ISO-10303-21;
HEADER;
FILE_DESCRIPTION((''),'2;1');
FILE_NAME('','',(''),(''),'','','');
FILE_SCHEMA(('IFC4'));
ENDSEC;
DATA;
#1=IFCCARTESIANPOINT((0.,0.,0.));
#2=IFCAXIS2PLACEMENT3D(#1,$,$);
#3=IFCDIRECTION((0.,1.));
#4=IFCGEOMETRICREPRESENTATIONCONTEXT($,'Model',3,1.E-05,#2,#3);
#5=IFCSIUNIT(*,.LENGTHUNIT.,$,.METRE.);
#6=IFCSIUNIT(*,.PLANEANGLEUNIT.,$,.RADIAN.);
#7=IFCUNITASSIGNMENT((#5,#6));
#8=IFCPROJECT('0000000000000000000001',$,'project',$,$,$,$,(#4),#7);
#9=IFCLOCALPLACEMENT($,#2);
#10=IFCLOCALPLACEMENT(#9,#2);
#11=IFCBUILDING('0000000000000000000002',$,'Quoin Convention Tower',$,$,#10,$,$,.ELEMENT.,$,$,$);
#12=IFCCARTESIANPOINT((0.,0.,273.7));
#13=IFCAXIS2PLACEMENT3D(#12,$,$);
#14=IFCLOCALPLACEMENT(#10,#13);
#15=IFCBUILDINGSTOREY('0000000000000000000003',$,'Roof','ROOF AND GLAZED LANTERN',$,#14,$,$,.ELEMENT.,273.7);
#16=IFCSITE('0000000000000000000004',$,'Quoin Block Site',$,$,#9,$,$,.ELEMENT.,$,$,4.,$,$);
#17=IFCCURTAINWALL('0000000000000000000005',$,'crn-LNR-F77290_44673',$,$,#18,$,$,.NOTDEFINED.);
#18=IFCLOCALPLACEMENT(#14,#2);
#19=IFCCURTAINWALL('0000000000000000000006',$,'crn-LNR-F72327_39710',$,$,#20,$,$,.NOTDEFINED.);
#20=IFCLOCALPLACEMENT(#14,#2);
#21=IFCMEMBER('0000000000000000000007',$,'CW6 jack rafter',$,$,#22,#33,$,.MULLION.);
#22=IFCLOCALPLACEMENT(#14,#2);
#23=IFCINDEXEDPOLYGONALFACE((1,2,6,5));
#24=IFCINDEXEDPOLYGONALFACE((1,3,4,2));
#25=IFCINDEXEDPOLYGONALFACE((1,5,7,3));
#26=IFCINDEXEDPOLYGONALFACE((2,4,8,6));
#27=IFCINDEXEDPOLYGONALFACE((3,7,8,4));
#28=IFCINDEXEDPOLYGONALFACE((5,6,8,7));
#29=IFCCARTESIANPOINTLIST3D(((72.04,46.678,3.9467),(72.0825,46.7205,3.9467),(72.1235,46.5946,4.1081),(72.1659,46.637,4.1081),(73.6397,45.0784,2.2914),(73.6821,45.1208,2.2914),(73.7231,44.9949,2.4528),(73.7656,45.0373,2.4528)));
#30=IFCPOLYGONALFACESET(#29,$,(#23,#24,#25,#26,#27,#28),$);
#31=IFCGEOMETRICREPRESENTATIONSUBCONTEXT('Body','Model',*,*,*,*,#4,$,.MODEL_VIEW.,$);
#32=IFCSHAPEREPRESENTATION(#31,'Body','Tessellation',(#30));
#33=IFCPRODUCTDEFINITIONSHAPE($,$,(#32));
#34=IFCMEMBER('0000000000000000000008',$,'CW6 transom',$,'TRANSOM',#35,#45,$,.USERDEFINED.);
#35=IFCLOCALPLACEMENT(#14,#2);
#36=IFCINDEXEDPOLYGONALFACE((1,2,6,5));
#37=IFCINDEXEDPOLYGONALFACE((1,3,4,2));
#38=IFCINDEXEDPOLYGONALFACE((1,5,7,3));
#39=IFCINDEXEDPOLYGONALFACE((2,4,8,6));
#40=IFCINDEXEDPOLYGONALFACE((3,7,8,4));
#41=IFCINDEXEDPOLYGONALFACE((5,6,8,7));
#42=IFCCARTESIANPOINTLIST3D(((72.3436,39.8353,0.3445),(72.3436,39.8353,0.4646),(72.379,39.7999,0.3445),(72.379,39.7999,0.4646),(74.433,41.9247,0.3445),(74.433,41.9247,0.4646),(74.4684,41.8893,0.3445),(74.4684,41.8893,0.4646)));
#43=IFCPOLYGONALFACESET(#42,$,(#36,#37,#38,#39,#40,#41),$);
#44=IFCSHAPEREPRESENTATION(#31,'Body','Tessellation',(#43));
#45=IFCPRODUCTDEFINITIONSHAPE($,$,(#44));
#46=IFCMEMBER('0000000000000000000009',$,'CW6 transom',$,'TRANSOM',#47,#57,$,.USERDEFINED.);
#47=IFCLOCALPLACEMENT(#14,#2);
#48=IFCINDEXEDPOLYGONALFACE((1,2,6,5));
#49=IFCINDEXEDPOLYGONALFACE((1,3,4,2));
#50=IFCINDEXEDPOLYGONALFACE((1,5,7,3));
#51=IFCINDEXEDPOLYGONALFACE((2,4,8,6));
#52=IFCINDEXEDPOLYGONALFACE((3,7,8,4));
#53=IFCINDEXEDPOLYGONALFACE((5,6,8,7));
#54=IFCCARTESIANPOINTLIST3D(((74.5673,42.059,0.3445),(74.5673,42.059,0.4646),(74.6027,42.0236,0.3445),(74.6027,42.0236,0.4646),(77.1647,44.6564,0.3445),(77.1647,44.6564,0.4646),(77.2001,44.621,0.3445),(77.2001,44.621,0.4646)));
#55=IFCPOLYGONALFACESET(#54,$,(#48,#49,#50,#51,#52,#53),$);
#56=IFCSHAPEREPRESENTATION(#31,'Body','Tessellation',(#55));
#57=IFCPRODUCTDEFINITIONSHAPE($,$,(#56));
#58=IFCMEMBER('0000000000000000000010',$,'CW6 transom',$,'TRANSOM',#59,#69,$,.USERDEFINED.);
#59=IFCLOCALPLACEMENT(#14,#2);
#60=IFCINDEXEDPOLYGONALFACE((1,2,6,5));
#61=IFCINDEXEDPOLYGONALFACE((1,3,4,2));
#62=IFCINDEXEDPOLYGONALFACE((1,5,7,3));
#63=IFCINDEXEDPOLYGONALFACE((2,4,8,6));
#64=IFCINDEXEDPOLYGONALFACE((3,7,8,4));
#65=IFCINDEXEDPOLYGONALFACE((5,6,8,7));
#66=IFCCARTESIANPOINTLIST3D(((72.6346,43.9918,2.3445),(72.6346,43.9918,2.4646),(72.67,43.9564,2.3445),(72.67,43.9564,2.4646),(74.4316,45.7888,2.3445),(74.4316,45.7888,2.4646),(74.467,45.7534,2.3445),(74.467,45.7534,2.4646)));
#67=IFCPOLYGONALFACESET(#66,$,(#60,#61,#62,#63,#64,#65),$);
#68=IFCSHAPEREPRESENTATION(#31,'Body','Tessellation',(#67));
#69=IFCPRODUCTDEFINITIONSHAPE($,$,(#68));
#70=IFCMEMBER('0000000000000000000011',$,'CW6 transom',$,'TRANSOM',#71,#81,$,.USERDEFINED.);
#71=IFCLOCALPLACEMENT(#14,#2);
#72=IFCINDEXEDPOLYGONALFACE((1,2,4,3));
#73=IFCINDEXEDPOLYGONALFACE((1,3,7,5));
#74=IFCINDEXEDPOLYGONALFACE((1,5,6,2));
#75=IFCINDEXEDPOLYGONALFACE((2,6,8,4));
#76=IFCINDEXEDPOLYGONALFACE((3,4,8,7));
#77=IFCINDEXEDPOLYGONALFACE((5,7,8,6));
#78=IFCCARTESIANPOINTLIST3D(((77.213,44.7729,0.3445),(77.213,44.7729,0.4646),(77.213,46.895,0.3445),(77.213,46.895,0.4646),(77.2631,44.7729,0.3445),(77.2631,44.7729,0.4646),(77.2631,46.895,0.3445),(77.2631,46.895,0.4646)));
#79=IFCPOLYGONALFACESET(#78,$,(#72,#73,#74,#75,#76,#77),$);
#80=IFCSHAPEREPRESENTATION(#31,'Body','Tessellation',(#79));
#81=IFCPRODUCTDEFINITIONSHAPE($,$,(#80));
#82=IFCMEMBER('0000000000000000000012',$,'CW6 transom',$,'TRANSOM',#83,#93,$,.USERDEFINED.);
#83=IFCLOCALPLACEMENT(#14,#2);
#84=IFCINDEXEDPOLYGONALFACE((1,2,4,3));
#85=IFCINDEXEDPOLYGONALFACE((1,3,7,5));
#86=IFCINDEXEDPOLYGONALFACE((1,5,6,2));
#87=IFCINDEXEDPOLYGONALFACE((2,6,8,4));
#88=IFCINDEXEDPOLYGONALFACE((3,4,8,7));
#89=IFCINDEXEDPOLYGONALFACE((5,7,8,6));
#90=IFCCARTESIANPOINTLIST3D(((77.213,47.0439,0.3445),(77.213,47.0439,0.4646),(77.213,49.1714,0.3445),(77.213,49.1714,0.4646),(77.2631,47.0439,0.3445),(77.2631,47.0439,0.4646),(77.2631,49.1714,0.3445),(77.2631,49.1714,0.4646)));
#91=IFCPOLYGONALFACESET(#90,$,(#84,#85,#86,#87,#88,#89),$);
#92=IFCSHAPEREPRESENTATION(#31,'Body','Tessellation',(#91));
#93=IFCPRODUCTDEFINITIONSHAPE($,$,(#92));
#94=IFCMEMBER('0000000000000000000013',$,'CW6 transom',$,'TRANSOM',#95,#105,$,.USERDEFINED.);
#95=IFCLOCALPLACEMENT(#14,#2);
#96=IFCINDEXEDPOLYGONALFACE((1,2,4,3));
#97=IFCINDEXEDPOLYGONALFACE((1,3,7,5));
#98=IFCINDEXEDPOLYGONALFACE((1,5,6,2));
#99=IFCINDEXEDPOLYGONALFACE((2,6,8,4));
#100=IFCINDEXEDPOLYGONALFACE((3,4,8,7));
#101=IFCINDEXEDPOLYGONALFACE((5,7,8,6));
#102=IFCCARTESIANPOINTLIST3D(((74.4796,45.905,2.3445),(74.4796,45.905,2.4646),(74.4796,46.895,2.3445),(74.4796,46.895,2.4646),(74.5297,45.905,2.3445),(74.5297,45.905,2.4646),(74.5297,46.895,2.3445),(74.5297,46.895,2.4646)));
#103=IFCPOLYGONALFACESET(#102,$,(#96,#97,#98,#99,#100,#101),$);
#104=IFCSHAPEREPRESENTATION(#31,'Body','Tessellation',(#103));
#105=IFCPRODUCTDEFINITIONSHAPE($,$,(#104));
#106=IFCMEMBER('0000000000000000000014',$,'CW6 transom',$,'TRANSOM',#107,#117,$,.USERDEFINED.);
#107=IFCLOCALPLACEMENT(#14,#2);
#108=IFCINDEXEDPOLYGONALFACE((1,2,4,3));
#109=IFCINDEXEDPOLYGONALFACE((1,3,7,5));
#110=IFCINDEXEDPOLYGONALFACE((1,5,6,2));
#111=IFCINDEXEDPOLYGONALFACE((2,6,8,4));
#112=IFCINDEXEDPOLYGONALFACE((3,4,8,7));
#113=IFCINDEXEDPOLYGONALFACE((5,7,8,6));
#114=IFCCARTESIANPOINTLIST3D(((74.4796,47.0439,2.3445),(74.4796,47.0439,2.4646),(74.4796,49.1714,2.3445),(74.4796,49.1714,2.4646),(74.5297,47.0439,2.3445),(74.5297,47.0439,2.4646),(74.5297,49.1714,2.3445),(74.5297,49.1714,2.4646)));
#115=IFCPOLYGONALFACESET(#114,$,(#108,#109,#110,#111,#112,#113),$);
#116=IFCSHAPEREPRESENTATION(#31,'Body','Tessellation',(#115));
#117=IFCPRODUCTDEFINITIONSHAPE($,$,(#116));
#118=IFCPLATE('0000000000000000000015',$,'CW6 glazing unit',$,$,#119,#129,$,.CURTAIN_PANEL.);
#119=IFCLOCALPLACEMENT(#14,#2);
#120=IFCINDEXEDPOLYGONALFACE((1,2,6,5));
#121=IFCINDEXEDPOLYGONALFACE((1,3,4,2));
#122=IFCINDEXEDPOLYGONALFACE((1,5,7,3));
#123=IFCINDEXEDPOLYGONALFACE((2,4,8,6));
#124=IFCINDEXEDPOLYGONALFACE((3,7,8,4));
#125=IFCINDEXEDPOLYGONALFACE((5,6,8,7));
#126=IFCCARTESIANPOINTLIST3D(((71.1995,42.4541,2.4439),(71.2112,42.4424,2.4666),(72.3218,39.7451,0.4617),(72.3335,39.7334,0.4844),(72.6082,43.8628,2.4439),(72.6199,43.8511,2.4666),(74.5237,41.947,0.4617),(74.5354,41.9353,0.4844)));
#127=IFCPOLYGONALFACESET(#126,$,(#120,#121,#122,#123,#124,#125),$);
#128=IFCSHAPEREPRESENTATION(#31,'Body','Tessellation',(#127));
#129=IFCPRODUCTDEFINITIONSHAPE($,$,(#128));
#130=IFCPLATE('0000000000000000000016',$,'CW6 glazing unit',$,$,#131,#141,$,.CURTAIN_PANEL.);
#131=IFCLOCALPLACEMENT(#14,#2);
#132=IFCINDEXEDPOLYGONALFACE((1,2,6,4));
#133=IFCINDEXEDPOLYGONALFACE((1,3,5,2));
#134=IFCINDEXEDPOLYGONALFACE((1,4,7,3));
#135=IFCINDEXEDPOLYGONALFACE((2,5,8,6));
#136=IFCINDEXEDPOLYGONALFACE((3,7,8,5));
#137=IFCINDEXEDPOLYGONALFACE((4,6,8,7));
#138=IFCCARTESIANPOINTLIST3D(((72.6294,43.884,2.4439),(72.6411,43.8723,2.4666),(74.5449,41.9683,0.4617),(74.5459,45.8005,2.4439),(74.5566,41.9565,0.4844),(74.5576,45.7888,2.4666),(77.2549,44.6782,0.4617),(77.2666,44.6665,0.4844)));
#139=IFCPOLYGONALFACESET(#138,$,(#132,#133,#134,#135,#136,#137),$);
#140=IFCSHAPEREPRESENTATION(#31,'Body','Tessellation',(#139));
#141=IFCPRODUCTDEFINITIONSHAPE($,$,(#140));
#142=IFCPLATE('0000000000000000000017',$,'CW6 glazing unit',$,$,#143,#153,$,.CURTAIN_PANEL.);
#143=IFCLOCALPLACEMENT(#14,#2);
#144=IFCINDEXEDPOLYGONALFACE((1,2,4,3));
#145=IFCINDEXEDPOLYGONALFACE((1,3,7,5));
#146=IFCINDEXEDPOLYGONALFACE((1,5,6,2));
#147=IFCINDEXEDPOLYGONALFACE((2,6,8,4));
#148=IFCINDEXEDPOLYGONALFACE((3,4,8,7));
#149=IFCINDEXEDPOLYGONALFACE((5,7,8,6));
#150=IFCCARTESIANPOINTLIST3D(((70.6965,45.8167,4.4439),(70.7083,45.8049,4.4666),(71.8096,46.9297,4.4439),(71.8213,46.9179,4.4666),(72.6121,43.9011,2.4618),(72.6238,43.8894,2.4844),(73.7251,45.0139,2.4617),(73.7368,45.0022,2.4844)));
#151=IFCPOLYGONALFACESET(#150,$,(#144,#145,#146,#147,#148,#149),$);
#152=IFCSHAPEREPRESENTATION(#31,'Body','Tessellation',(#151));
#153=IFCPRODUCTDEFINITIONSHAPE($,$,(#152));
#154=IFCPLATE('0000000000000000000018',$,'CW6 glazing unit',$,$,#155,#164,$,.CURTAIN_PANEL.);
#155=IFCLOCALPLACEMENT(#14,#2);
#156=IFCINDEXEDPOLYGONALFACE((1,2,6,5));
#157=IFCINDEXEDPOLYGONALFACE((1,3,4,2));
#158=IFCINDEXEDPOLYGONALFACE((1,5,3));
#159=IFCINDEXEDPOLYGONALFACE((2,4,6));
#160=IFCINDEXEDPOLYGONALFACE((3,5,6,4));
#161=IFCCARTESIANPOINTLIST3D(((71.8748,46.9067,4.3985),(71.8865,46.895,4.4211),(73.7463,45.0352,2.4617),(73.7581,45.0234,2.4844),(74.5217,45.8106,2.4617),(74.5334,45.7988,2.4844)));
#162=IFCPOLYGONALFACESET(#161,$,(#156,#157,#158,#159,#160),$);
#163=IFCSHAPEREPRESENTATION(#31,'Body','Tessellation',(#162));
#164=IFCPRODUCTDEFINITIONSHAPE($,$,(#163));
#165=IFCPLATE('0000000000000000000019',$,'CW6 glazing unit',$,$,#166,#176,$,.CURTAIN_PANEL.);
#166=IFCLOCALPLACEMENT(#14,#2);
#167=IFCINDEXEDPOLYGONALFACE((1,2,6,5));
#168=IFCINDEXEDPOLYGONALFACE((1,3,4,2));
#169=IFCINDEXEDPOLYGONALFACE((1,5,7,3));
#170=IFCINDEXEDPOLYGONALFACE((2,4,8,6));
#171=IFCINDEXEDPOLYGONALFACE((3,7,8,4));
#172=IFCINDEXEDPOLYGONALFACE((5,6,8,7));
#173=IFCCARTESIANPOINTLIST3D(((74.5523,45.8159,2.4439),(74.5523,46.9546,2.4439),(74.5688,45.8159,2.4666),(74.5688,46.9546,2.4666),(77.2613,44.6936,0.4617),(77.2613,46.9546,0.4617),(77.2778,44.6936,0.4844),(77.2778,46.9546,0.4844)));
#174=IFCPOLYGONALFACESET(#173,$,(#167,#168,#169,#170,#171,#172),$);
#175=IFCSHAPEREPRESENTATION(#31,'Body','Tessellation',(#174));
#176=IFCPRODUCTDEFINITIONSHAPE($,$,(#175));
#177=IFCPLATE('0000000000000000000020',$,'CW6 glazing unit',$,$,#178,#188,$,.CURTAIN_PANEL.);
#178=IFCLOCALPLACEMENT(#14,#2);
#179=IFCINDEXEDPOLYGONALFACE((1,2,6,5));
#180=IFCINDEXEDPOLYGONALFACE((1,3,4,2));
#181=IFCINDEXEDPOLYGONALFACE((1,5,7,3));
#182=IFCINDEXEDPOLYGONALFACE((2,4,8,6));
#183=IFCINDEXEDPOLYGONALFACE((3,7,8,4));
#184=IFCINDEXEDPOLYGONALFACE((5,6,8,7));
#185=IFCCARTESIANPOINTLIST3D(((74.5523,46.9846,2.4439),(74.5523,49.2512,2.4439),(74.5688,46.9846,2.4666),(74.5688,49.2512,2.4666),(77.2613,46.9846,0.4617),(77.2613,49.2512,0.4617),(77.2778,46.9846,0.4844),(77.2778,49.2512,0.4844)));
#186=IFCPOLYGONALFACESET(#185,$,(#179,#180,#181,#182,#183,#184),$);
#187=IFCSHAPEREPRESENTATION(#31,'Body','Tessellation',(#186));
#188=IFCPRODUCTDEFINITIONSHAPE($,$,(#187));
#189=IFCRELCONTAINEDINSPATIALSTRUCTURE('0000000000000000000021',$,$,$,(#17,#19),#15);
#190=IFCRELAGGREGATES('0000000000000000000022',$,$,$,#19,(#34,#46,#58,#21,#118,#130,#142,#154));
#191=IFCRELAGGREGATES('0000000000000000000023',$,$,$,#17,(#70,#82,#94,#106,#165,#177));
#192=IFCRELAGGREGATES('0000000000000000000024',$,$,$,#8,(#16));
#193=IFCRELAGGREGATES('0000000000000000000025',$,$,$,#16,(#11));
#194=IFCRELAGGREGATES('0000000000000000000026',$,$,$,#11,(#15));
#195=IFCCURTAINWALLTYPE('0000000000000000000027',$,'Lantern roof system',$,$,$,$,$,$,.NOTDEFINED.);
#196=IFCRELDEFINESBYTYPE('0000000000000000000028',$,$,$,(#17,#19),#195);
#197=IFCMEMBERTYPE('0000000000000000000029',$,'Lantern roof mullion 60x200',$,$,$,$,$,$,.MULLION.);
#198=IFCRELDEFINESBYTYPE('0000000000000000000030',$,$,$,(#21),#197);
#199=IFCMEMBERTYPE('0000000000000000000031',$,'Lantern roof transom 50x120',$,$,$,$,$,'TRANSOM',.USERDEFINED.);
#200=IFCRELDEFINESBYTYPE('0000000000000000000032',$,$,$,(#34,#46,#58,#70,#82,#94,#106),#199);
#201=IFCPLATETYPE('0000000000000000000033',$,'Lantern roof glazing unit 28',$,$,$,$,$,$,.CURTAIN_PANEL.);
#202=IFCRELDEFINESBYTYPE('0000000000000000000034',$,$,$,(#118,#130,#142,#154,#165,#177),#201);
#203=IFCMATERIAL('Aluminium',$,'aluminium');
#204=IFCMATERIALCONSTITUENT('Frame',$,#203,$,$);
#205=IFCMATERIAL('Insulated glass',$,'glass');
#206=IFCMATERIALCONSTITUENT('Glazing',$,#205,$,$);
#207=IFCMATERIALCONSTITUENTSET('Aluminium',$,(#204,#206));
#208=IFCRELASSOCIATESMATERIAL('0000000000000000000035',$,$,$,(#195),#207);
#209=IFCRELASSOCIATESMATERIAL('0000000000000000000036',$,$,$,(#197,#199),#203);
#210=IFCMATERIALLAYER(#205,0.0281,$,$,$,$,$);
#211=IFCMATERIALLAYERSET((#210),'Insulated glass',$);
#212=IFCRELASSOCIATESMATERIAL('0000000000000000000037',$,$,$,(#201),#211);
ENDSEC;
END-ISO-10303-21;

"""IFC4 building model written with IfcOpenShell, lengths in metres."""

from ifc_helpers import new_model, si_unit, direction, frame, origin, origin_2d, place, context, subcontext, project, spatial, polyline, rectangle, outline, extrude, material, layer, layer_set, constituent, constituent_set, material_profile, profile_set, type_object, element, aggregate, save


model = new_model("IFC4")

# Units and contexts
model_context = context("Model", 3, precision=1e-05, world=origin(), true_north=direction((0.0, 1.0)))
body_context = subcontext(model_context, "Body", "Model", "MODEL_VIEW")
ifc_project = project(units=[si_unit("LENGTHUNIT", "METRE"), si_unit("PLANEANGLEUNIT", "RADIAN")], contexts=[model_context])

# Site, building, storey
site_placement = place(None, origin())
site = spatial("IfcSite", under=ifc_project, at=site_placement, Name="Quoin Block Site", CompositionType="ELEMENT", RefElevation=4.0)
building_placement = place(site_placement, origin())
building = spatial("IfcBuilding", under=site, at=building_placement, Name="Quoin Convention Tower", CompositionType="ELEMENT")
storey_placement = place(building_placement, frame((0.0, 0.0, 273.7)))
storey = spatial("IfcBuildingStorey", under=building, at=storey_placement, Name="Roof", Description="ROOF AND GLAZED LANTERN", CompositionType="ELEMENT", Elevation=273.7)

# Curtain wall
ifc_material_1 = material(Name="Aluminium", Category="aluminium")
ifc_constituent_1 = constituent(ifc_material_1, Name="Frame")
ifc_material_2 = material(Name="Insulated glass", Category="glass")
ifc_constituent_2 = constituent(ifc_material_2, Name="Glazing")
ifc_constituent_set = constituent_set(constituents=[ifc_constituent_1, ifc_constituent_2], Name="Aluminium")
curtain_wall_type = type_object("IfcCurtainWallType", Name="Lantern roof system", PredefinedType="NOTDEFINED", material=ifc_constituent_set)
curtain_wall_1_placement = place(storey_placement, origin())
curtain_wall_1 = element("IfcCurtainWall", 1, at=curtain_wall_1_placement, inside=storey, type_object=curtain_wall_type, Name="crn-LNR-F77290_44673", PredefinedType="NOTDEFINED")

# Curtain wall
curtain_wall_2_placement = place(storey_placement, origin())
curtain_wall_2 = element("IfcCurtainWall", 2, at=curtain_wall_2_placement, inside=storey, type_object=curtain_wall_type, Name="crn-LNR-F72327_39710", PredefinedType="NOTDEFINED")

# Members
ifc_material_profile_1 = material_profile(ifc_material_1, rectangle(XDim=0.2, YDim=0.0601, at=origin_2d()), Name="Lantern roof mullion 60x200")
ifc_profile_set_1 = profile_set([ifc_material_profile_1], Name="Aluminium")
member_type_1 = type_object("IfcMemberType", Name="Lantern roof mullion 60x200", PredefinedType="MULLION", material=ifc_profile_set_1)
member_1_placement = place(storey_placement, frame((73.7026, 45.0579, 2.3721), z_axis=(-0.570655, 0.570655, 0.590513), x_axis=(0.417556, -0.417556, 0.807028)))
member_1 = element("IfcMember", 3, at=member_1_placement, type_object=member_type_1, Name="CW6 jack rafter", PredefinedType="MULLION", context=body_context, shape_type="SweptSolid", body=[
    extrude(rectangle(XDim=0.2, YDim=0.0601, at=origin_2d()), origin(), (0.0, 0.0, 1.0), 2.8032),
])
ifc_material_profile_2 = material_profile(ifc_material_1, rectangle(XDim=0.1201, YDim=0.05, at=origin_2d()), Name="Lantern roof transom 50x120")
ifc_profile_set_2 = profile_set([ifc_material_profile_2], Name="Aluminium")
member_type_2 = type_object("IfcMemberType", Name="Lantern roof transom 50x120", ElementType="TRANSOM", PredefinedType="USERDEFINED", material=ifc_profile_set_2)
member_2_placement = place(storey_placement, frame((72.3613, 39.8176, 0.4045), z_axis=(0.707107, 0.707107, 0.0), x_axis=(0.0, 0.0, 1.0)))
member_2 = element("IfcMember", 4, at=member_2_placement, type_object=member_type_2, Name="CW6 transom", ObjectType="TRANSOM", PredefinedType="USERDEFINED", context=body_context, shape_type="SweptSolid", body=[
    extrude(rectangle(XDim=0.1201, YDim=0.05, at=origin_2d()), origin(), (0.0, 0.0, 1.0), 2.9548),
])
member_3_placement = place(storey_placement, frame((74.585, 42.0413, 0.4045), z_axis=(0.707107, 0.707107, 0.0), x_axis=(0.0, 0.0, 1.0)))
member_3 = element("IfcMember", 5, at=member_3_placement, type_object=member_type_2, Name="CW6 transom", ObjectType="TRANSOM", PredefinedType="USERDEFINED", context=body_context, shape_type="SweptSolid", body=[
    extrude(rectangle(XDim=0.1201, YDim=0.05, at=origin_2d()), origin(), (0.0, 0.0, 1.0), 3.6733),
])
member_4_placement = place(storey_placement, frame((72.6523, 43.9741, 2.4045), z_axis=(0.707107, 0.707107, 0.0), x_axis=(0.0, 0.0, 1.0)))
member_4 = element("IfcMember", 6, at=member_4_placement, type_object=member_type_2, Name="CW6 transom", ObjectType="TRANSOM", PredefinedType="USERDEFINED", context=body_context, shape_type="SweptSolid", body=[
    extrude(rectangle(XDim=0.1201, YDim=0.05, at=origin_2d()), origin(), (0.0, 0.0, 1.0), 2.5413),
])
member_5_placement = place(storey_placement, frame((77.238, 44.7729, 0.4045), z_axis=(0.0, 1.0, 0.0), x_axis=(0.0, 0.0, 1.0)))
member_5 = element("IfcMember", 7, at=member_5_placement, type_object=member_type_2, Name="CW6 transom", ObjectType="TRANSOM", PredefinedType="USERDEFINED", context=body_context, shape_type="SweptSolid", body=[
    extrude(rectangle(XDim=0.1201, YDim=0.05, at=origin_2d()), origin(), (0.0, 0.0, 1.0), 2.1221),
])
member_6_placement = place(storey_placement, frame((77.238, 47.0439, 0.4045), z_axis=(0.0, 1.0, 0.0), x_axis=(0.0, 0.0, 1.0)))
member_6 = element("IfcMember", 8, at=member_6_placement, type_object=member_type_2, Name="CW6 transom", ObjectType="TRANSOM", PredefinedType="USERDEFINED", context=body_context, shape_type="SweptSolid", body=[
    extrude(rectangle(XDim=0.1201, YDim=0.05, at=origin_2d()), origin(), (0.0, 0.0, 1.0), 2.1274),
])
member_7_placement = place(storey_placement, frame((74.5046, 45.905, 2.4045), z_axis=(0.0, 1.0, 0.0), x_axis=(0.0, 0.0, 1.0)))
member_7 = element("IfcMember", 9, at=member_7_placement, type_object=member_type_2, Name="CW6 transom", ObjectType="TRANSOM", PredefinedType="USERDEFINED", context=body_context, shape_type="SweptSolid", body=[
    extrude(rectangle(XDim=0.1201, YDim=0.05, at=origin_2d()), origin(), (0.0, 0.0, 1.0), 0.99),
])
member_8_placement = place(storey_placement, frame((74.5046, 47.0439, 2.4045), z_axis=(0.0, 1.0, 0.0), x_axis=(0.0, 0.0, 1.0)))
member_8 = element("IfcMember", 10, at=member_8_placement, type_object=member_type_2, Name="CW6 transom", ObjectType="TRANSOM", PredefinedType="USERDEFINED", context=body_context, shape_type="SweptSolid", body=[
    extrude(rectangle(XDim=0.1201, YDim=0.05, at=origin_2d()), origin(), (0.0, 0.0, 1.0), 2.1274),
])

# Plates
ifc_layer = layer(ifc_material_2, 0.0281)
ifc_layer_set = layer_set([ifc_layer], Name="Insulated glass")
plate_type = type_object("IfcPlateType", Name="Lantern roof glazing unit 28", PredefinedType="CURTAIN_PANEL", material=ifc_layer_set)
plate_1_placement = place(storey_placement, frame((72.6199, 43.8511, 2.4666), z_axis=(0.417537, -0.417537, 0.807047), x_axis=(0.570632, -0.570705, -0.590487)))
plate_1 = element("IfcPlate", 11, at=plate_1_placement, type_object=plate_type, Name="CW6 glazing unit", PredefinedType="CURTAIN_PANEL", context=body_context, shape_type="SweptSolid", body=[
    extrude(outline(polyline([(0.0, 0.0), (3.3569, 0.0), (3.357, -3.114), (0.0001, -1.9922), (0.0, 0.0)])), origin(), (0.0, 0.0, -1.0), 0.0281),
])
plate_2_placement = place(storey_placement, frame((72.6411, 43.8723, 2.4666), z_axis=(0.417537, -0.417537, 0.807047), x_axis=(0.707107, 0.707107, 0.0)))
plate_2 = element("IfcPlate", 12, at=plate_2_placement, type_object=plate_type, Name="CW6 glazing unit", PredefinedType="CURTAIN_PANEL", context=body_context, shape_type="SweptSolid", body=[
    extrude(outline(polyline([(0.0, 0.0), (2.7103, 0.0), (3.8323, -3.3569), (-0.0002, -3.3569), (0.0, 0.0)])), origin(), (0.0, 0.0, -1.0), 0.0281),
])
plate_3_placement = place(storey_placement, frame((73.7368, 45.0022, 2.4844), z_axis=(0.417523, -0.417569, 0.807038), x_axis=(-0.707171, -0.707043, 0.000026)))
plate_3 = element("IfcPlate", 13, at=plate_3_placement, type_object=plate_type, Name="CW6 glazing unit", PredefinedType="CURTAIN_PANEL", context=body_context, shape_type="SweptSolid", body=[
    extrude(outline(polyline([(0.0, 0.0), (1.5739, 0.0), (1.5742, -3.3567), (0.0001, -3.3569), (0.0, 0.0)])), origin(), (0.0, 0.0, -1.0), 0.0281),
])
plate_4_placement = place(storey_placement, frame((74.5334, 45.7988, 2.4844), z_axis=(0.417564, -0.417564, 0.80702), x_axis=(-0.707107, -0.707107, 0.0)))
plate_4 = element("IfcPlate", 14, at=plate_4_placement, type_object=plate_type, Name="CW6 glazing unit", PredefinedType="CURTAIN_PANEL", context=body_context, shape_type="SweptSolid", body=[
    extrude(outline(polyline([(0.0, 0.0), (1.0966, 0.0), (1.0966, -3.2797), (0.0, 0.0)])), origin(), (0.0, 0.0, -1.0), 0.0281),
])
aggregate(curtain_wall_2, [member_2, member_3, member_4, member_1, plate_1, plate_2, plate_3, plate_4])
plate_5_placement = place(storey_placement, frame((74.5688, 46.9546, 2.4666), z_axis=(0.590509, 0.0, 0.807031), x_axis=(0.807031, 0.0, -0.590509)))
plate_5 = element("IfcPlate", 15, at=plate_5_placement, type_object=plate_type, Name="CW6 glazing unit", PredefinedType="CURTAIN_PANEL", context=body_context, shape_type="SweptSolid", body=[
    extrude(outline(polyline([(0.0, 0.0), (3.3567, 0.0), (3.3567, -2.261), (0.0, -1.1387), (0.0, 0.0)])), origin(), (0.0, 0.0, -1.0), 0.0281),
])
plate_6_placement = place(storey_placement, frame((74.5688, 46.9846, 2.4666), z_axis=(0.590509, 0.0, 0.807031), x_axis=(0.0, 1.0, 0.0)))
plate_6 = element("IfcPlate", 16, at=plate_6_placement, type_object=plate_type, Name="CW6 glazing unit", PredefinedType="CURTAIN_PANEL", context=body_context, shape_type="SweptSolid", body=[
    extrude(outline(polyline([(0.0, 0.0), (2.2666, 0.0), (2.2666, -3.3567), (0.0, -3.3567), (0.0, 0.0)])), origin(), (0.0, 0.0, -1.0), 0.0281),
])
aggregate(curtain_wall_1, [member_5, member_6, member_7, member_8, plate_5, plate_6])

save(model, "model.ifc")
